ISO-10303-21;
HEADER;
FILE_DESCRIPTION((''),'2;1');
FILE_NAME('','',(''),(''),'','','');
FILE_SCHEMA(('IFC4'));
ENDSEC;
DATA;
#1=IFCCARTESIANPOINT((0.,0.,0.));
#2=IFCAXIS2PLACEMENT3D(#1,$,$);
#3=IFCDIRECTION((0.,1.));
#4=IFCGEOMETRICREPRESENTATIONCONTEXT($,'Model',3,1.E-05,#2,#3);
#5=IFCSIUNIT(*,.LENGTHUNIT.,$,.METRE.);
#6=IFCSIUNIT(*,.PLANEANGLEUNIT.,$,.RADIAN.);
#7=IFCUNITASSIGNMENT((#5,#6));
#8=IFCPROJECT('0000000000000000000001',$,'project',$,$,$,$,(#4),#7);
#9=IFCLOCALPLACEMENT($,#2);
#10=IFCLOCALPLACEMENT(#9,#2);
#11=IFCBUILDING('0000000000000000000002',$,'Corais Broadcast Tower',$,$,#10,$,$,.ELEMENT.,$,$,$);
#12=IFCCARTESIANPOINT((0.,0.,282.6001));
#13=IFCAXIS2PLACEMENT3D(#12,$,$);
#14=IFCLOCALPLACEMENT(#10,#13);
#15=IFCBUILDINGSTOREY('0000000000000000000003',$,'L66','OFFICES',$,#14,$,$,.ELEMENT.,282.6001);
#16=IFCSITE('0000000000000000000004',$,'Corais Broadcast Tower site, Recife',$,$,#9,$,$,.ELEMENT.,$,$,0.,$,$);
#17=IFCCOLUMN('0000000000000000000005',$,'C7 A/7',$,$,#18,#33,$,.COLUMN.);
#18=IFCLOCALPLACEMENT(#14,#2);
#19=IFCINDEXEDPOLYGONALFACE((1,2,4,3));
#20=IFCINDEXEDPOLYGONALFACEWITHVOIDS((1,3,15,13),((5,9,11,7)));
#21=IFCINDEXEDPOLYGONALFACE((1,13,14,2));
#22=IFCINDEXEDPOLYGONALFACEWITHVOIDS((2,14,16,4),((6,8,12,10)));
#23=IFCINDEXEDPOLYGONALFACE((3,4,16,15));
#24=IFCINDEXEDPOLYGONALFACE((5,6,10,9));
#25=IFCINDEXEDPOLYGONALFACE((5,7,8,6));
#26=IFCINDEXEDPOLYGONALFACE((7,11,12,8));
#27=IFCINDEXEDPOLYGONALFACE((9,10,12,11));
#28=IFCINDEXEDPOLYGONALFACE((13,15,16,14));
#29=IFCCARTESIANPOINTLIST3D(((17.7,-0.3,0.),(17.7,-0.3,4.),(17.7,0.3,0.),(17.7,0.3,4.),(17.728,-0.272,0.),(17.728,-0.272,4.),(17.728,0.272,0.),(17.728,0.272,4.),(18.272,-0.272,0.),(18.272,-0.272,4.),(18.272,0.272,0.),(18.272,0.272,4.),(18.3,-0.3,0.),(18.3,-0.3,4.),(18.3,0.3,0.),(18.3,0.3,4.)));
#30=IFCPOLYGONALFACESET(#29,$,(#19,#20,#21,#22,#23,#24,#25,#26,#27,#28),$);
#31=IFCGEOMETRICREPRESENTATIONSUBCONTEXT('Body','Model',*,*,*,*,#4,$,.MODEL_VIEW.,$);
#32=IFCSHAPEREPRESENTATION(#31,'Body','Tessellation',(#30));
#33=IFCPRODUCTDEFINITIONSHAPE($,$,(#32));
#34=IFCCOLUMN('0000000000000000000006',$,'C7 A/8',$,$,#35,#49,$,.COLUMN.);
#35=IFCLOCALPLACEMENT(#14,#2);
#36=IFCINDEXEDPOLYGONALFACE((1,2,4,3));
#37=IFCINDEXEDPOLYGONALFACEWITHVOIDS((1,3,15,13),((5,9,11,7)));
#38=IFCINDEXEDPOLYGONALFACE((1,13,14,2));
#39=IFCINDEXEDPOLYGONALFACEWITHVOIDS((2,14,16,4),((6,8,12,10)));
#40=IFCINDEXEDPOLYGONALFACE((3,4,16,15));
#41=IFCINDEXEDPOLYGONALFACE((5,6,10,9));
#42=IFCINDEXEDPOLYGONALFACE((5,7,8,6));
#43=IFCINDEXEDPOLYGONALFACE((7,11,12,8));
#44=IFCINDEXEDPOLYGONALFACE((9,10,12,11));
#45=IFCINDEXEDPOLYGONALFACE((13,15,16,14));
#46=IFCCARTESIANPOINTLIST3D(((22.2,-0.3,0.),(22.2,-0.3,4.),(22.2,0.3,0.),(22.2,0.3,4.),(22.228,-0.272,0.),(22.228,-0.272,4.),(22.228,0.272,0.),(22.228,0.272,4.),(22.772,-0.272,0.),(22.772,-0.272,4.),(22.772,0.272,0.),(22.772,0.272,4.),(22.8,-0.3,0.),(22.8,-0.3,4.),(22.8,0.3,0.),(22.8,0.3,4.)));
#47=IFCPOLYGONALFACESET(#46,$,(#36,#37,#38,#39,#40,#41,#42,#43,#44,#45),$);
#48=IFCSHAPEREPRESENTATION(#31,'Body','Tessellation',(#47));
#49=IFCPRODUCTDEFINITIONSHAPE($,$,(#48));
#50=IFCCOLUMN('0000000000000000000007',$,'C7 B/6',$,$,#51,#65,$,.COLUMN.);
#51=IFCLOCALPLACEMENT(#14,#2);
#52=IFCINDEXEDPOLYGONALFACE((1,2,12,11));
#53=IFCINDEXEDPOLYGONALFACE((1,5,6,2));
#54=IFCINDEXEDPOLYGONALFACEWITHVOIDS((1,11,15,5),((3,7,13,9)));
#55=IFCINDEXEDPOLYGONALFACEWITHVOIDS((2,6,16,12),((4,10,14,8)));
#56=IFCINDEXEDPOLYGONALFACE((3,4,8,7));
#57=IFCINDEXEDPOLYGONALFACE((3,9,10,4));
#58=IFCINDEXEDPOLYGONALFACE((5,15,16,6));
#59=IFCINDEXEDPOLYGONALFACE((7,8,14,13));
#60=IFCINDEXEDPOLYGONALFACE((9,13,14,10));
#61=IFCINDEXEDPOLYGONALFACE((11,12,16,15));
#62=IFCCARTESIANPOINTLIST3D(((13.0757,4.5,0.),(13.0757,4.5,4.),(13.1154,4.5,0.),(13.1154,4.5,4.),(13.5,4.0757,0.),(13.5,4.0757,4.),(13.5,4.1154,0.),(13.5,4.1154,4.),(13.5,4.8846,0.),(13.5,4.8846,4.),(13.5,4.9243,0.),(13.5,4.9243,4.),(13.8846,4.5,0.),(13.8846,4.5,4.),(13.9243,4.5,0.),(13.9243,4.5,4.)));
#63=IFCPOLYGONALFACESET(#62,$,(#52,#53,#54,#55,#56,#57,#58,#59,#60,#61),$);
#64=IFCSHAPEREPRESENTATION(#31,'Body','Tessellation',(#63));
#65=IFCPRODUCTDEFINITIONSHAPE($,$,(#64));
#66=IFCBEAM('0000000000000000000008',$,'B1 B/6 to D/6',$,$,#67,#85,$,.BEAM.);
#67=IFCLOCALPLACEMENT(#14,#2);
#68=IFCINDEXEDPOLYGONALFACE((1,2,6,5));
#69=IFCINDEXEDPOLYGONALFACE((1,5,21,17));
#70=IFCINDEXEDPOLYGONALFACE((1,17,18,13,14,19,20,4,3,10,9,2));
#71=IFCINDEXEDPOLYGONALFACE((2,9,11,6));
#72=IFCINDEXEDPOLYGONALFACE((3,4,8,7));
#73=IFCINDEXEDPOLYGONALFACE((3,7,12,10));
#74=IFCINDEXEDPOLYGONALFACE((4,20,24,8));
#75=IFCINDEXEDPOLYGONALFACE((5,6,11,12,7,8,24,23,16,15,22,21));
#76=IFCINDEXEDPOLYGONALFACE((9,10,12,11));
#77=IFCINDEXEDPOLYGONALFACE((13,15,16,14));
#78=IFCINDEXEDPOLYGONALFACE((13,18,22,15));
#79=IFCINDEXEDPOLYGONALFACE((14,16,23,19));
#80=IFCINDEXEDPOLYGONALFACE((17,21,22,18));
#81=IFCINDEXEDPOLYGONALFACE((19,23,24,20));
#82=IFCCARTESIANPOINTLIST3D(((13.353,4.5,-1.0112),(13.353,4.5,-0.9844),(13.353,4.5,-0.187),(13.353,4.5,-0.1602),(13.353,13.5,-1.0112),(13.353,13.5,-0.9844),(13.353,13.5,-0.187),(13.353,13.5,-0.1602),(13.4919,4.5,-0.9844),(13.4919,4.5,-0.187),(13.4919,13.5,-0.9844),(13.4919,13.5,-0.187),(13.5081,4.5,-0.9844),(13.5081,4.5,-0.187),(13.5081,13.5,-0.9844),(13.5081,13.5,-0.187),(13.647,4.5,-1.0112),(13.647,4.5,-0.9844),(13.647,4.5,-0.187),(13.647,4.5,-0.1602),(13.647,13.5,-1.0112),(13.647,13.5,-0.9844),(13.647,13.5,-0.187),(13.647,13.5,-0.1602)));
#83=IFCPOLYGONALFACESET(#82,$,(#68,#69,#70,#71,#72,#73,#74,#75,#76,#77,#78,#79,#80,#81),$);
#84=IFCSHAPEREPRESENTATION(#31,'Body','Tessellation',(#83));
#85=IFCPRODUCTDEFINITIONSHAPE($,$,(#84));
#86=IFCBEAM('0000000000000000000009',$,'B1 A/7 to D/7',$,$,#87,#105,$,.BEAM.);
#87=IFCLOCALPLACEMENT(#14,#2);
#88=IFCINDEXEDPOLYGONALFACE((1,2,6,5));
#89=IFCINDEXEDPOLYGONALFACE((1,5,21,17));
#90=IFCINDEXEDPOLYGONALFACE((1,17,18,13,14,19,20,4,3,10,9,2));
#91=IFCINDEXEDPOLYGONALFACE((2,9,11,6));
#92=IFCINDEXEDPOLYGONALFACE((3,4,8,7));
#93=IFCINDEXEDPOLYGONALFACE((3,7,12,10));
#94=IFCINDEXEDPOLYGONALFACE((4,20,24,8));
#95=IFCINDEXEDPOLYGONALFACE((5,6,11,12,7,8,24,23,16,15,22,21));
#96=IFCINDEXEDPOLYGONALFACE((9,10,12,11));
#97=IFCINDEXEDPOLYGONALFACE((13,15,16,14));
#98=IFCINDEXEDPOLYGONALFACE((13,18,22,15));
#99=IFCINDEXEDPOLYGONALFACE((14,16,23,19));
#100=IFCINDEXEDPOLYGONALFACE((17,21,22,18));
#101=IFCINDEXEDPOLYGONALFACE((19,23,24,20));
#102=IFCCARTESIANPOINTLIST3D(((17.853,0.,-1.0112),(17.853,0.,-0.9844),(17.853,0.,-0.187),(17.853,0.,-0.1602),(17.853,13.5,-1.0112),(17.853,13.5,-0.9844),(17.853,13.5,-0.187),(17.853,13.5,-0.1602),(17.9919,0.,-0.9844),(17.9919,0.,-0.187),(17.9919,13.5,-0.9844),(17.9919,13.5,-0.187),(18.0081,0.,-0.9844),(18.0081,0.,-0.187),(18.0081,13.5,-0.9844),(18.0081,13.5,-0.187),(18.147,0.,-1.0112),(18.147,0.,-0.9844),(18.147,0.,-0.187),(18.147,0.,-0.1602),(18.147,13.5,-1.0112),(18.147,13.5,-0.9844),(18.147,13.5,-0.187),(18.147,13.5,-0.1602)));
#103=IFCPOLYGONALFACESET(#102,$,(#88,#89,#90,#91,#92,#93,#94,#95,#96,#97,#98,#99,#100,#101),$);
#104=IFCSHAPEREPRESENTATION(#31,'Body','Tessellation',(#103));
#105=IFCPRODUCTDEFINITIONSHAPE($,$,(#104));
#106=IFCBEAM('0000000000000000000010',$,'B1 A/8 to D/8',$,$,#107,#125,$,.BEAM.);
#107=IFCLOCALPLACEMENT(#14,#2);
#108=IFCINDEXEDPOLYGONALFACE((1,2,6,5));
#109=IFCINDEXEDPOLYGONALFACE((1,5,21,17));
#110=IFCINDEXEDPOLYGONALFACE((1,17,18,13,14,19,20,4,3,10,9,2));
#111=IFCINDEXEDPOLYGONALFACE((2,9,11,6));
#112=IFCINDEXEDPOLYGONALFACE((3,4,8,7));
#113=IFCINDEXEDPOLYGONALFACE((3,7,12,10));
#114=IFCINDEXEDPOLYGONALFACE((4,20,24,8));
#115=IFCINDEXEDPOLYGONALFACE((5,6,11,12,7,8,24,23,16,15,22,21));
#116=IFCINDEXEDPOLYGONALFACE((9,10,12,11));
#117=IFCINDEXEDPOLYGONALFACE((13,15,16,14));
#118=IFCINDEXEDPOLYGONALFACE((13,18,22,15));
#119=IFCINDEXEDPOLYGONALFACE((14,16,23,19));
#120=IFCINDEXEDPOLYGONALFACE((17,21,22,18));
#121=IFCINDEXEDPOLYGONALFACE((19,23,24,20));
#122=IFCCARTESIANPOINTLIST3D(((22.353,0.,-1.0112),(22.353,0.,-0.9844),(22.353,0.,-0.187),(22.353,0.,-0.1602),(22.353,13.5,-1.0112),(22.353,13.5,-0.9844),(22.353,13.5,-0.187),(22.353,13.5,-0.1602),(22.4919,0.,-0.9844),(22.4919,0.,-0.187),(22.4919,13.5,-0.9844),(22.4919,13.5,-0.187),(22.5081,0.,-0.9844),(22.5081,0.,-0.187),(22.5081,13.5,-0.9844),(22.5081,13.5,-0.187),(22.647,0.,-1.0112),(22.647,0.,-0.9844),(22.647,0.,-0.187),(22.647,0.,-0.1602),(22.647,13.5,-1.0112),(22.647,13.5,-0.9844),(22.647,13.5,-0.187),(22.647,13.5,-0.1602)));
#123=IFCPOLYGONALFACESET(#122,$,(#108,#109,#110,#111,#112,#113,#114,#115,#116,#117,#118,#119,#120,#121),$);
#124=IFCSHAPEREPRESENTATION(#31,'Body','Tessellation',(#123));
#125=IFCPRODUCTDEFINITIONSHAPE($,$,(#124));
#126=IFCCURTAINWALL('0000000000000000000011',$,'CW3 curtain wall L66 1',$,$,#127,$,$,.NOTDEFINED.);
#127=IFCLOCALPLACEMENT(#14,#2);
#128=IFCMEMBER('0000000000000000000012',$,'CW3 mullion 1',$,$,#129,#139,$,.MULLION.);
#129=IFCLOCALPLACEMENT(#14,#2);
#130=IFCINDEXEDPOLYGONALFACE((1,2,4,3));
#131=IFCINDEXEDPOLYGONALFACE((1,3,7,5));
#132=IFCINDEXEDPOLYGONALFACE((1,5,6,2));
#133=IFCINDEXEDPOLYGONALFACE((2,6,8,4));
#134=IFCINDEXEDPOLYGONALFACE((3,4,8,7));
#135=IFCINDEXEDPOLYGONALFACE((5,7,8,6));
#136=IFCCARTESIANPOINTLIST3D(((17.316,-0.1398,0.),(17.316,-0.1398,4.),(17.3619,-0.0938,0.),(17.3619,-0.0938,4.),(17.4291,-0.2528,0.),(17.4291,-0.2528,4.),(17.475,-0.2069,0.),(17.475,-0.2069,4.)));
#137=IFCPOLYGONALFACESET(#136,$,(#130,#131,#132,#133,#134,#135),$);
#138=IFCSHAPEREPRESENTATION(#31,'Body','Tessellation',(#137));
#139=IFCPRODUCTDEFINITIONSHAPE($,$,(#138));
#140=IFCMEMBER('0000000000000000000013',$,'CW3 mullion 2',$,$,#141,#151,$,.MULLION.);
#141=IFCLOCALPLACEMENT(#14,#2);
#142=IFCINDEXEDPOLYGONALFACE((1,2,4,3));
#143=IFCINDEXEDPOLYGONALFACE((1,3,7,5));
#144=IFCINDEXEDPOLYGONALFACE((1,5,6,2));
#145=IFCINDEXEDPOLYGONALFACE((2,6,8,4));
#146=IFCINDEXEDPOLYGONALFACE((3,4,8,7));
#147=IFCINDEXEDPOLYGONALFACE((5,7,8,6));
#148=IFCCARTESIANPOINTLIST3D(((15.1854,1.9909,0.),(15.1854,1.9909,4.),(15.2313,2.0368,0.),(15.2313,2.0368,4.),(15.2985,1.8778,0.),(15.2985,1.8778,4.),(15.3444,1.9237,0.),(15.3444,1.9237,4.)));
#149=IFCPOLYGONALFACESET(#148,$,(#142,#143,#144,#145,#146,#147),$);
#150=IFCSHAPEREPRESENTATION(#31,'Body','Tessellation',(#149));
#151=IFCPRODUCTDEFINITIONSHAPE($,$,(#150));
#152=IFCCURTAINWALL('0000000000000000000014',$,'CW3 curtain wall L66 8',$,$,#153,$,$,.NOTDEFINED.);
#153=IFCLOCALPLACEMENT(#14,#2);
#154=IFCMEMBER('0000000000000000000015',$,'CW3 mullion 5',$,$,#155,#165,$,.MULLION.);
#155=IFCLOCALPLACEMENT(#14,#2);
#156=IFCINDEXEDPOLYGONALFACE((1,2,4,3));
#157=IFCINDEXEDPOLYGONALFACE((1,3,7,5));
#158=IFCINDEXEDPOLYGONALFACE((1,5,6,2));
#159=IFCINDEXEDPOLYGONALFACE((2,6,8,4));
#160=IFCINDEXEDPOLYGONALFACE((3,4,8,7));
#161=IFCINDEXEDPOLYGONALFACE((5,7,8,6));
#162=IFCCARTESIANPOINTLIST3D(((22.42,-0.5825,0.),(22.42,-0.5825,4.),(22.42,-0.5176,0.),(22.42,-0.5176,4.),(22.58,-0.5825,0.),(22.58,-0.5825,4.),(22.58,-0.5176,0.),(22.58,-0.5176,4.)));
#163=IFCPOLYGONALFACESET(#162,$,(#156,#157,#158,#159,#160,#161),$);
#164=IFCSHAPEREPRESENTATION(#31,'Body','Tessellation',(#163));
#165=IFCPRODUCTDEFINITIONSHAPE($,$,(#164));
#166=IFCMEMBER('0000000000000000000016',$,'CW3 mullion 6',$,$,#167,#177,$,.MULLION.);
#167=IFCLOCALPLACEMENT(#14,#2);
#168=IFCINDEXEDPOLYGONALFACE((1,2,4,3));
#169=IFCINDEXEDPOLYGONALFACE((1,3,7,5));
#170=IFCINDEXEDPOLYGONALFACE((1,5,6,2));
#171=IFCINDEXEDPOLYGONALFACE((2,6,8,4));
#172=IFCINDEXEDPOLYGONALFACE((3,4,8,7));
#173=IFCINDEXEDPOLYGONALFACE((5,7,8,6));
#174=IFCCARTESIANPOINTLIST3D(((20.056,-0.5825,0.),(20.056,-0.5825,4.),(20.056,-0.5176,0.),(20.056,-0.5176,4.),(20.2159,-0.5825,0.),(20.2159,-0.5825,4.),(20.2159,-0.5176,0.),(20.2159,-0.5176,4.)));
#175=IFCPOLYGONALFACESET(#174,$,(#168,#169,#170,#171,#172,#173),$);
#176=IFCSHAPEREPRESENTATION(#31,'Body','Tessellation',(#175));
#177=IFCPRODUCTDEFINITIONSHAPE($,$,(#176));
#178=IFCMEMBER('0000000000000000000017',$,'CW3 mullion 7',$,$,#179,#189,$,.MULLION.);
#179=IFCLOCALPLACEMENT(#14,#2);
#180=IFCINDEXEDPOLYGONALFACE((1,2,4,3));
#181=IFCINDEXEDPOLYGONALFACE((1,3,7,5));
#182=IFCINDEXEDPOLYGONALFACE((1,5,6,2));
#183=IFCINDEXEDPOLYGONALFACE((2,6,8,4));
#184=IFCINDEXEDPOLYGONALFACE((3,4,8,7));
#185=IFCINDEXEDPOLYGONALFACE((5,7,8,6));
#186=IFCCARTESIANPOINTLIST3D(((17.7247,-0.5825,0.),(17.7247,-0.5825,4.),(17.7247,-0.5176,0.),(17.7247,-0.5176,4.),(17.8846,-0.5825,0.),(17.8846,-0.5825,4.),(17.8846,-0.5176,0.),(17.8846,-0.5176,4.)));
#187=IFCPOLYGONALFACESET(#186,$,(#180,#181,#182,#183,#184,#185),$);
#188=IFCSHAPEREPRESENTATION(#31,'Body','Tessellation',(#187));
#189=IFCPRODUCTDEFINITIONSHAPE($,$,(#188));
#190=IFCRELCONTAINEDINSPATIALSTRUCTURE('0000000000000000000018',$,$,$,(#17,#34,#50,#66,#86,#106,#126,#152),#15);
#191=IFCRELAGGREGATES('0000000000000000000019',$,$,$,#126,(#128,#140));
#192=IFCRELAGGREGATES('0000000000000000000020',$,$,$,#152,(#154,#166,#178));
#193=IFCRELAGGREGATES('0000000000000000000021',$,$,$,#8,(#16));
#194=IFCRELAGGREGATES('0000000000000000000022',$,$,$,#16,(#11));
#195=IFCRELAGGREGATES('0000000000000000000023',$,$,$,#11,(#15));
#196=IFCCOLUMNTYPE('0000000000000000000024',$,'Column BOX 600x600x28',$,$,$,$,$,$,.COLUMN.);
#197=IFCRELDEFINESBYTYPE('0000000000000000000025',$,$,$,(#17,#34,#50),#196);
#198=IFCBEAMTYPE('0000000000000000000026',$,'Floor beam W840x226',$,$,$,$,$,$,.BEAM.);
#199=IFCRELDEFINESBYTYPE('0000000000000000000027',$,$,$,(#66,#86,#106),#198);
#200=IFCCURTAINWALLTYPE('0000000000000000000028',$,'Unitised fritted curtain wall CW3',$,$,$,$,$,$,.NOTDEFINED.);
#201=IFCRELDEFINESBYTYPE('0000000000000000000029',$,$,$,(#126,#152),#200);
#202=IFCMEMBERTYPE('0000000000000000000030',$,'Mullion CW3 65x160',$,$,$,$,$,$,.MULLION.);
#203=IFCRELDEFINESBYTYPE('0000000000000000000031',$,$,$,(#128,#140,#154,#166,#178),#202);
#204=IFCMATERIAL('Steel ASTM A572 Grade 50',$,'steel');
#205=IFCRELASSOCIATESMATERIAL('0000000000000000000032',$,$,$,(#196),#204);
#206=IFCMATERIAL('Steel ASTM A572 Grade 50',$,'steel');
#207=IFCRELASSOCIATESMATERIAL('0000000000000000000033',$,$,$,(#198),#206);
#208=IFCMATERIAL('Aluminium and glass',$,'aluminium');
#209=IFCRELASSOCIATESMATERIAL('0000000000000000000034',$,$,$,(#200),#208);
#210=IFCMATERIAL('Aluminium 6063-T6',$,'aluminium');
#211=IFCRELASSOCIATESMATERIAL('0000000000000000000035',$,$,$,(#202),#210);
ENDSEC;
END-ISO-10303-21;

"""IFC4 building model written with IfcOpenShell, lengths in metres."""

from ifc_helpers import new_model, si_unit, direction, frame, origin, origin_2d, place, context, subcontext, project, spatial, rectangle, hollow_rectangle, i_section, extrude, material, material_profile, profile_set, type_object, element, aggregate, save


model = new_model("IFC4")

# Units and contexts
model_context = context("Model", 3, precision=1e-05, world=origin(), true_north=direction((0.0, 1.0)))
body_context = subcontext(model_context, "Body", "Model", "MODEL_VIEW")
ifc_project = project(units=[si_unit("LENGTHUNIT", "METRE"), si_unit("PLANEANGLEUNIT", "RADIAN")], contexts=[model_context])

# Site, building, storey
site_placement = place(None, origin())
site = spatial("IfcSite", under=ifc_project, at=site_placement, Name="Corais Broadcast Tower site, Recife", CompositionType="ELEMENT", RefElevation=0.0)
building_placement = place(site_placement, origin())
building = spatial("IfcBuilding", under=site, at=building_placement, Name="Corais Broadcast Tower", CompositionType="ELEMENT")
storey_placement = place(building_placement, frame((0.0, 0.0, 282.6001)))
storey = spatial("IfcBuildingStorey", under=building, at=storey_placement, Name="L66", Description="OFFICES", CompositionType="ELEMENT", Elevation=282.6001)

# Columns
ifc_material_1 = material(Name="Steel ASTM A572 Grade 50", Category="steel")
ifc_material_profile_1 = material_profile(ifc_material_1, hollow_rectangle(XDim=0.6001, YDim=0.6001, WallThickness=0.0281, at=origin_2d()), Name="BOX 600x600x28")
ifc_profile_set_1 = profile_set([ifc_material_profile_1], Name="Steel ASTM A572 Grade 50")
column_type = type_object("IfcColumnType", Name="Column BOX 600x600x28", PredefinedType="COLUMN", material=ifc_profile_set_1)
for number, where, z_axis, x_axis, name in (
    (1, (18.0, 0.0, 0.0), (0.0, 0.0, 1.0), (1.0, 0.0, 0.0), "C7 A/7"),
    (2, (22.5, 0.0, 0.0), (0.0, 0.0, 1.0), (1.0, 0.0, 0.0), "C7 A/8"),
    (3, (13.5, 4.5, 0.0), (0.0, 0.0, 1.0), (0.707107, 0.707107, 0.0), "C7 B/6"),
):
    element("IfcColumn", number, at=place(storey_placement, frame(where, z_axis=z_axis, x_axis=x_axis)), inside=storey, type_object=column_type, Name=name, PredefinedType="COLUMN", context=body_context, shape_type="SweptSolid", body=[
        extrude(hollow_rectangle(XDim=0.6001, YDim=0.6001, WallThickness=0.0281, at=origin_2d()), origin(), (0.0, 0.0, 1.0), 4.0),
    ])

# Beams
ifc_material_2 = material(Name="Steel ASTM A572 Grade 50", Category="steel")
ifc_material_profile_2 = material_profile(ifc_material_2, i_section(OverallWidth=0.2939, OverallDepth=0.8511, WebThickness=0.0161, FlangeThickness=0.0269, at=origin_2d()), Name="W840x226")
ifc_profile_set_2 = profile_set([ifc_material_profile_2], Name="Steel ASTM A572 Grade 50")
beam_type_1 = type_object("IfcBeamType", Name="Floor beam W840x226", PredefinedType="BEAM", material=ifc_profile_set_2)
beam_1_placement = place(storey_placement, frame((13.5, 4.5, -0.5857), z_axis=(0.0, 1.0, 0.0), x_axis=(-1.0, 0.0, 0.0)))
element("IfcBeam", 4, at=beam_1_placement, inside=storey, type_object=beam_type_1, Name="B1 B/6 to D/6", PredefinedType="BEAM", context=body_context, shape_type="SweptSolid", body=[
    extrude(i_section(OverallWidth=0.2939, OverallDepth=0.8511, WebThickness=0.0161, FlangeThickness=0.0269, at=origin_2d()), origin(), (0.0, 0.0, 1.0), 9.0),
])
for number, where, z_axis, x_axis, name in (
    (5, (18.0, 0.0, -0.5857), (0.0, 1.0, 0.0), (-1.0, 0.0, 0.0), "B1 A/7 to D/7"),
    (6, (22.5, 0.0, -0.5857), (0.0, 1.0, 0.0), (-1.0, 0.0, 0.0), "B1 A/8 to D/8"),
):
    element("IfcBeam", number, at=place(storey_placement, frame(where, z_axis=z_axis, x_axis=x_axis)), inside=storey, type_object=beam_type_1, Name=name, PredefinedType="BEAM", context=body_context, shape_type="SweptSolid", body=[
        extrude(i_section(OverallWidth=0.2939, OverallDepth=0.8511, WebThickness=0.0161, FlangeThickness=0.0269, at=origin_2d()), origin(), (0.0, 0.0, 1.0), 13.5),
    ])

# Curtain walls, members
ifc_material_3 = material(Name="Aluminium and glass", Category="aluminium")
curtain_wall_type = type_object("IfcCurtainWallType", Name="Unitised fritted curtain wall CW3", PredefinedType="NOTDEFINED", material=ifc_material_3)
curtain_wall_1_placement = place(storey_placement, origin())
curtain_wall_1 = element("IfcCurtainWall", 7, at=curtain_wall_1_placement, inside=storey, type_object=curtain_wall_type, Name="CW3 curtain wall L66 1", PredefinedType="NOTDEFINED")
ifc_material_4 = material(Name="Aluminium 6063-T6", Category="aluminium")
ifc_material_profile_3 = material_profile(ifc_material_4, rectangle(XDim=0.0649, YDim=0.1599, at=origin_2d()), Name="Mullion CW3 65x160")
ifc_profile_set_3 = profile_set([ifc_material_profile_3], Name="Aluminium 6063-T6")
member_type_1 = type_object("IfcMemberType", Name="Mullion CW3 65x160", PredefinedType="MULLION", material=ifc_profile_set_3)
member_1_placement = place(storey_placement, frame((17.3955, -0.1733, 0.0), z_axis=(0.0, 0.0, 1.0), x_axis=(-0.707107, -0.707107, 0.0)))
member_1 = element("IfcMember", 8, at=member_1_placement, type_object=member_type_1, Name="CW3 mullion 1", PredefinedType="MULLION", context=body_context, shape_type="SweptSolid", body=[
    extrude(rectangle(XDim=0.0649, YDim=0.1599, at=origin_2d()), origin(), (0.0, 0.0, 1.0), 4.0),
])
member_2_placement = place(storey_placement, frame((15.2649, 1.9573, 0.0), z_axis=(0.0, 0.0, 1.0), x_axis=(-0.707107, -0.707107, 0.0)))
member_2 = element("IfcMember", 9, at=member_2_placement, type_object=member_type_1, Name="CW3 mullion 2", PredefinedType="MULLION", context=body_context, shape_type="SweptSolid", body=[
    extrude(rectangle(XDim=0.0649, YDim=0.1599, at=origin_2d()), origin(), (0.0, 0.0, 1.0), 4.0),
])
curtain_wall_2_placement = place(storey_placement, origin())
curtain_wall_2 = element("IfcCurtainWall", 10, at=curtain_wall_2_placement, inside=storey, type_object=curtain_wall_type, Name="CW3 curtain wall L66 8", PredefinedType="NOTDEFINED")
member_3_placement = place(storey_placement, frame((22.5, -0.55, 0.0), z_axis=(0.0, 0.0, 1.0), x_axis=(0.0, -1.0, 0.0)))
member_3 = element("IfcMember", 11, at=member_3_placement, type_object=member_type_1, Name="CW3 mullion 5", PredefinedType="MULLION", context=body_context, shape_type="SweptSolid", body=[
    extrude(rectangle(XDim=0.0649, YDim=0.1599, at=origin_2d()), origin(), (0.0, 0.0, 1.0), 4.0),
])
member_4_placement = place(storey_placement, frame((20.136, -0.55, 0.0), z_axis=(0.0, 0.0, 1.0), x_axis=(0.0, -1.0, 0.0)))
member_4 = element("IfcMember", 12, at=member_4_placement, type_object=member_type_1, Name="CW3 mullion 6", PredefinedType="MULLION", context=body_context, shape_type="SweptSolid", body=[
    extrude(rectangle(XDim=0.0649, YDim=0.1599, at=origin_2d()), origin(), (0.0, 0.0, 1.0), 4.0),
])
member_5_placement = place(storey_placement, frame((17.8047, -0.55, 0.0), z_axis=(0.0, 0.0, 1.0), x_axis=(0.0, -1.0, 0.0)))
member_5 = element("IfcMember", 13, at=member_5_placement, type_object=member_type_1, Name="CW3 mullion 7", PredefinedType="MULLION", context=body_context, shape_type="SweptSolid", body=[
    extrude(rectangle(XDim=0.0649, YDim=0.1599, at=origin_2d()), origin(), (0.0, 0.0, 1.0), 4.0),
])

aggregate(curtain_wall_1, [member_1, member_2])
aggregate(curtain_wall_2, [member_3, member_4, member_5])

save(model, "model.ifc")
